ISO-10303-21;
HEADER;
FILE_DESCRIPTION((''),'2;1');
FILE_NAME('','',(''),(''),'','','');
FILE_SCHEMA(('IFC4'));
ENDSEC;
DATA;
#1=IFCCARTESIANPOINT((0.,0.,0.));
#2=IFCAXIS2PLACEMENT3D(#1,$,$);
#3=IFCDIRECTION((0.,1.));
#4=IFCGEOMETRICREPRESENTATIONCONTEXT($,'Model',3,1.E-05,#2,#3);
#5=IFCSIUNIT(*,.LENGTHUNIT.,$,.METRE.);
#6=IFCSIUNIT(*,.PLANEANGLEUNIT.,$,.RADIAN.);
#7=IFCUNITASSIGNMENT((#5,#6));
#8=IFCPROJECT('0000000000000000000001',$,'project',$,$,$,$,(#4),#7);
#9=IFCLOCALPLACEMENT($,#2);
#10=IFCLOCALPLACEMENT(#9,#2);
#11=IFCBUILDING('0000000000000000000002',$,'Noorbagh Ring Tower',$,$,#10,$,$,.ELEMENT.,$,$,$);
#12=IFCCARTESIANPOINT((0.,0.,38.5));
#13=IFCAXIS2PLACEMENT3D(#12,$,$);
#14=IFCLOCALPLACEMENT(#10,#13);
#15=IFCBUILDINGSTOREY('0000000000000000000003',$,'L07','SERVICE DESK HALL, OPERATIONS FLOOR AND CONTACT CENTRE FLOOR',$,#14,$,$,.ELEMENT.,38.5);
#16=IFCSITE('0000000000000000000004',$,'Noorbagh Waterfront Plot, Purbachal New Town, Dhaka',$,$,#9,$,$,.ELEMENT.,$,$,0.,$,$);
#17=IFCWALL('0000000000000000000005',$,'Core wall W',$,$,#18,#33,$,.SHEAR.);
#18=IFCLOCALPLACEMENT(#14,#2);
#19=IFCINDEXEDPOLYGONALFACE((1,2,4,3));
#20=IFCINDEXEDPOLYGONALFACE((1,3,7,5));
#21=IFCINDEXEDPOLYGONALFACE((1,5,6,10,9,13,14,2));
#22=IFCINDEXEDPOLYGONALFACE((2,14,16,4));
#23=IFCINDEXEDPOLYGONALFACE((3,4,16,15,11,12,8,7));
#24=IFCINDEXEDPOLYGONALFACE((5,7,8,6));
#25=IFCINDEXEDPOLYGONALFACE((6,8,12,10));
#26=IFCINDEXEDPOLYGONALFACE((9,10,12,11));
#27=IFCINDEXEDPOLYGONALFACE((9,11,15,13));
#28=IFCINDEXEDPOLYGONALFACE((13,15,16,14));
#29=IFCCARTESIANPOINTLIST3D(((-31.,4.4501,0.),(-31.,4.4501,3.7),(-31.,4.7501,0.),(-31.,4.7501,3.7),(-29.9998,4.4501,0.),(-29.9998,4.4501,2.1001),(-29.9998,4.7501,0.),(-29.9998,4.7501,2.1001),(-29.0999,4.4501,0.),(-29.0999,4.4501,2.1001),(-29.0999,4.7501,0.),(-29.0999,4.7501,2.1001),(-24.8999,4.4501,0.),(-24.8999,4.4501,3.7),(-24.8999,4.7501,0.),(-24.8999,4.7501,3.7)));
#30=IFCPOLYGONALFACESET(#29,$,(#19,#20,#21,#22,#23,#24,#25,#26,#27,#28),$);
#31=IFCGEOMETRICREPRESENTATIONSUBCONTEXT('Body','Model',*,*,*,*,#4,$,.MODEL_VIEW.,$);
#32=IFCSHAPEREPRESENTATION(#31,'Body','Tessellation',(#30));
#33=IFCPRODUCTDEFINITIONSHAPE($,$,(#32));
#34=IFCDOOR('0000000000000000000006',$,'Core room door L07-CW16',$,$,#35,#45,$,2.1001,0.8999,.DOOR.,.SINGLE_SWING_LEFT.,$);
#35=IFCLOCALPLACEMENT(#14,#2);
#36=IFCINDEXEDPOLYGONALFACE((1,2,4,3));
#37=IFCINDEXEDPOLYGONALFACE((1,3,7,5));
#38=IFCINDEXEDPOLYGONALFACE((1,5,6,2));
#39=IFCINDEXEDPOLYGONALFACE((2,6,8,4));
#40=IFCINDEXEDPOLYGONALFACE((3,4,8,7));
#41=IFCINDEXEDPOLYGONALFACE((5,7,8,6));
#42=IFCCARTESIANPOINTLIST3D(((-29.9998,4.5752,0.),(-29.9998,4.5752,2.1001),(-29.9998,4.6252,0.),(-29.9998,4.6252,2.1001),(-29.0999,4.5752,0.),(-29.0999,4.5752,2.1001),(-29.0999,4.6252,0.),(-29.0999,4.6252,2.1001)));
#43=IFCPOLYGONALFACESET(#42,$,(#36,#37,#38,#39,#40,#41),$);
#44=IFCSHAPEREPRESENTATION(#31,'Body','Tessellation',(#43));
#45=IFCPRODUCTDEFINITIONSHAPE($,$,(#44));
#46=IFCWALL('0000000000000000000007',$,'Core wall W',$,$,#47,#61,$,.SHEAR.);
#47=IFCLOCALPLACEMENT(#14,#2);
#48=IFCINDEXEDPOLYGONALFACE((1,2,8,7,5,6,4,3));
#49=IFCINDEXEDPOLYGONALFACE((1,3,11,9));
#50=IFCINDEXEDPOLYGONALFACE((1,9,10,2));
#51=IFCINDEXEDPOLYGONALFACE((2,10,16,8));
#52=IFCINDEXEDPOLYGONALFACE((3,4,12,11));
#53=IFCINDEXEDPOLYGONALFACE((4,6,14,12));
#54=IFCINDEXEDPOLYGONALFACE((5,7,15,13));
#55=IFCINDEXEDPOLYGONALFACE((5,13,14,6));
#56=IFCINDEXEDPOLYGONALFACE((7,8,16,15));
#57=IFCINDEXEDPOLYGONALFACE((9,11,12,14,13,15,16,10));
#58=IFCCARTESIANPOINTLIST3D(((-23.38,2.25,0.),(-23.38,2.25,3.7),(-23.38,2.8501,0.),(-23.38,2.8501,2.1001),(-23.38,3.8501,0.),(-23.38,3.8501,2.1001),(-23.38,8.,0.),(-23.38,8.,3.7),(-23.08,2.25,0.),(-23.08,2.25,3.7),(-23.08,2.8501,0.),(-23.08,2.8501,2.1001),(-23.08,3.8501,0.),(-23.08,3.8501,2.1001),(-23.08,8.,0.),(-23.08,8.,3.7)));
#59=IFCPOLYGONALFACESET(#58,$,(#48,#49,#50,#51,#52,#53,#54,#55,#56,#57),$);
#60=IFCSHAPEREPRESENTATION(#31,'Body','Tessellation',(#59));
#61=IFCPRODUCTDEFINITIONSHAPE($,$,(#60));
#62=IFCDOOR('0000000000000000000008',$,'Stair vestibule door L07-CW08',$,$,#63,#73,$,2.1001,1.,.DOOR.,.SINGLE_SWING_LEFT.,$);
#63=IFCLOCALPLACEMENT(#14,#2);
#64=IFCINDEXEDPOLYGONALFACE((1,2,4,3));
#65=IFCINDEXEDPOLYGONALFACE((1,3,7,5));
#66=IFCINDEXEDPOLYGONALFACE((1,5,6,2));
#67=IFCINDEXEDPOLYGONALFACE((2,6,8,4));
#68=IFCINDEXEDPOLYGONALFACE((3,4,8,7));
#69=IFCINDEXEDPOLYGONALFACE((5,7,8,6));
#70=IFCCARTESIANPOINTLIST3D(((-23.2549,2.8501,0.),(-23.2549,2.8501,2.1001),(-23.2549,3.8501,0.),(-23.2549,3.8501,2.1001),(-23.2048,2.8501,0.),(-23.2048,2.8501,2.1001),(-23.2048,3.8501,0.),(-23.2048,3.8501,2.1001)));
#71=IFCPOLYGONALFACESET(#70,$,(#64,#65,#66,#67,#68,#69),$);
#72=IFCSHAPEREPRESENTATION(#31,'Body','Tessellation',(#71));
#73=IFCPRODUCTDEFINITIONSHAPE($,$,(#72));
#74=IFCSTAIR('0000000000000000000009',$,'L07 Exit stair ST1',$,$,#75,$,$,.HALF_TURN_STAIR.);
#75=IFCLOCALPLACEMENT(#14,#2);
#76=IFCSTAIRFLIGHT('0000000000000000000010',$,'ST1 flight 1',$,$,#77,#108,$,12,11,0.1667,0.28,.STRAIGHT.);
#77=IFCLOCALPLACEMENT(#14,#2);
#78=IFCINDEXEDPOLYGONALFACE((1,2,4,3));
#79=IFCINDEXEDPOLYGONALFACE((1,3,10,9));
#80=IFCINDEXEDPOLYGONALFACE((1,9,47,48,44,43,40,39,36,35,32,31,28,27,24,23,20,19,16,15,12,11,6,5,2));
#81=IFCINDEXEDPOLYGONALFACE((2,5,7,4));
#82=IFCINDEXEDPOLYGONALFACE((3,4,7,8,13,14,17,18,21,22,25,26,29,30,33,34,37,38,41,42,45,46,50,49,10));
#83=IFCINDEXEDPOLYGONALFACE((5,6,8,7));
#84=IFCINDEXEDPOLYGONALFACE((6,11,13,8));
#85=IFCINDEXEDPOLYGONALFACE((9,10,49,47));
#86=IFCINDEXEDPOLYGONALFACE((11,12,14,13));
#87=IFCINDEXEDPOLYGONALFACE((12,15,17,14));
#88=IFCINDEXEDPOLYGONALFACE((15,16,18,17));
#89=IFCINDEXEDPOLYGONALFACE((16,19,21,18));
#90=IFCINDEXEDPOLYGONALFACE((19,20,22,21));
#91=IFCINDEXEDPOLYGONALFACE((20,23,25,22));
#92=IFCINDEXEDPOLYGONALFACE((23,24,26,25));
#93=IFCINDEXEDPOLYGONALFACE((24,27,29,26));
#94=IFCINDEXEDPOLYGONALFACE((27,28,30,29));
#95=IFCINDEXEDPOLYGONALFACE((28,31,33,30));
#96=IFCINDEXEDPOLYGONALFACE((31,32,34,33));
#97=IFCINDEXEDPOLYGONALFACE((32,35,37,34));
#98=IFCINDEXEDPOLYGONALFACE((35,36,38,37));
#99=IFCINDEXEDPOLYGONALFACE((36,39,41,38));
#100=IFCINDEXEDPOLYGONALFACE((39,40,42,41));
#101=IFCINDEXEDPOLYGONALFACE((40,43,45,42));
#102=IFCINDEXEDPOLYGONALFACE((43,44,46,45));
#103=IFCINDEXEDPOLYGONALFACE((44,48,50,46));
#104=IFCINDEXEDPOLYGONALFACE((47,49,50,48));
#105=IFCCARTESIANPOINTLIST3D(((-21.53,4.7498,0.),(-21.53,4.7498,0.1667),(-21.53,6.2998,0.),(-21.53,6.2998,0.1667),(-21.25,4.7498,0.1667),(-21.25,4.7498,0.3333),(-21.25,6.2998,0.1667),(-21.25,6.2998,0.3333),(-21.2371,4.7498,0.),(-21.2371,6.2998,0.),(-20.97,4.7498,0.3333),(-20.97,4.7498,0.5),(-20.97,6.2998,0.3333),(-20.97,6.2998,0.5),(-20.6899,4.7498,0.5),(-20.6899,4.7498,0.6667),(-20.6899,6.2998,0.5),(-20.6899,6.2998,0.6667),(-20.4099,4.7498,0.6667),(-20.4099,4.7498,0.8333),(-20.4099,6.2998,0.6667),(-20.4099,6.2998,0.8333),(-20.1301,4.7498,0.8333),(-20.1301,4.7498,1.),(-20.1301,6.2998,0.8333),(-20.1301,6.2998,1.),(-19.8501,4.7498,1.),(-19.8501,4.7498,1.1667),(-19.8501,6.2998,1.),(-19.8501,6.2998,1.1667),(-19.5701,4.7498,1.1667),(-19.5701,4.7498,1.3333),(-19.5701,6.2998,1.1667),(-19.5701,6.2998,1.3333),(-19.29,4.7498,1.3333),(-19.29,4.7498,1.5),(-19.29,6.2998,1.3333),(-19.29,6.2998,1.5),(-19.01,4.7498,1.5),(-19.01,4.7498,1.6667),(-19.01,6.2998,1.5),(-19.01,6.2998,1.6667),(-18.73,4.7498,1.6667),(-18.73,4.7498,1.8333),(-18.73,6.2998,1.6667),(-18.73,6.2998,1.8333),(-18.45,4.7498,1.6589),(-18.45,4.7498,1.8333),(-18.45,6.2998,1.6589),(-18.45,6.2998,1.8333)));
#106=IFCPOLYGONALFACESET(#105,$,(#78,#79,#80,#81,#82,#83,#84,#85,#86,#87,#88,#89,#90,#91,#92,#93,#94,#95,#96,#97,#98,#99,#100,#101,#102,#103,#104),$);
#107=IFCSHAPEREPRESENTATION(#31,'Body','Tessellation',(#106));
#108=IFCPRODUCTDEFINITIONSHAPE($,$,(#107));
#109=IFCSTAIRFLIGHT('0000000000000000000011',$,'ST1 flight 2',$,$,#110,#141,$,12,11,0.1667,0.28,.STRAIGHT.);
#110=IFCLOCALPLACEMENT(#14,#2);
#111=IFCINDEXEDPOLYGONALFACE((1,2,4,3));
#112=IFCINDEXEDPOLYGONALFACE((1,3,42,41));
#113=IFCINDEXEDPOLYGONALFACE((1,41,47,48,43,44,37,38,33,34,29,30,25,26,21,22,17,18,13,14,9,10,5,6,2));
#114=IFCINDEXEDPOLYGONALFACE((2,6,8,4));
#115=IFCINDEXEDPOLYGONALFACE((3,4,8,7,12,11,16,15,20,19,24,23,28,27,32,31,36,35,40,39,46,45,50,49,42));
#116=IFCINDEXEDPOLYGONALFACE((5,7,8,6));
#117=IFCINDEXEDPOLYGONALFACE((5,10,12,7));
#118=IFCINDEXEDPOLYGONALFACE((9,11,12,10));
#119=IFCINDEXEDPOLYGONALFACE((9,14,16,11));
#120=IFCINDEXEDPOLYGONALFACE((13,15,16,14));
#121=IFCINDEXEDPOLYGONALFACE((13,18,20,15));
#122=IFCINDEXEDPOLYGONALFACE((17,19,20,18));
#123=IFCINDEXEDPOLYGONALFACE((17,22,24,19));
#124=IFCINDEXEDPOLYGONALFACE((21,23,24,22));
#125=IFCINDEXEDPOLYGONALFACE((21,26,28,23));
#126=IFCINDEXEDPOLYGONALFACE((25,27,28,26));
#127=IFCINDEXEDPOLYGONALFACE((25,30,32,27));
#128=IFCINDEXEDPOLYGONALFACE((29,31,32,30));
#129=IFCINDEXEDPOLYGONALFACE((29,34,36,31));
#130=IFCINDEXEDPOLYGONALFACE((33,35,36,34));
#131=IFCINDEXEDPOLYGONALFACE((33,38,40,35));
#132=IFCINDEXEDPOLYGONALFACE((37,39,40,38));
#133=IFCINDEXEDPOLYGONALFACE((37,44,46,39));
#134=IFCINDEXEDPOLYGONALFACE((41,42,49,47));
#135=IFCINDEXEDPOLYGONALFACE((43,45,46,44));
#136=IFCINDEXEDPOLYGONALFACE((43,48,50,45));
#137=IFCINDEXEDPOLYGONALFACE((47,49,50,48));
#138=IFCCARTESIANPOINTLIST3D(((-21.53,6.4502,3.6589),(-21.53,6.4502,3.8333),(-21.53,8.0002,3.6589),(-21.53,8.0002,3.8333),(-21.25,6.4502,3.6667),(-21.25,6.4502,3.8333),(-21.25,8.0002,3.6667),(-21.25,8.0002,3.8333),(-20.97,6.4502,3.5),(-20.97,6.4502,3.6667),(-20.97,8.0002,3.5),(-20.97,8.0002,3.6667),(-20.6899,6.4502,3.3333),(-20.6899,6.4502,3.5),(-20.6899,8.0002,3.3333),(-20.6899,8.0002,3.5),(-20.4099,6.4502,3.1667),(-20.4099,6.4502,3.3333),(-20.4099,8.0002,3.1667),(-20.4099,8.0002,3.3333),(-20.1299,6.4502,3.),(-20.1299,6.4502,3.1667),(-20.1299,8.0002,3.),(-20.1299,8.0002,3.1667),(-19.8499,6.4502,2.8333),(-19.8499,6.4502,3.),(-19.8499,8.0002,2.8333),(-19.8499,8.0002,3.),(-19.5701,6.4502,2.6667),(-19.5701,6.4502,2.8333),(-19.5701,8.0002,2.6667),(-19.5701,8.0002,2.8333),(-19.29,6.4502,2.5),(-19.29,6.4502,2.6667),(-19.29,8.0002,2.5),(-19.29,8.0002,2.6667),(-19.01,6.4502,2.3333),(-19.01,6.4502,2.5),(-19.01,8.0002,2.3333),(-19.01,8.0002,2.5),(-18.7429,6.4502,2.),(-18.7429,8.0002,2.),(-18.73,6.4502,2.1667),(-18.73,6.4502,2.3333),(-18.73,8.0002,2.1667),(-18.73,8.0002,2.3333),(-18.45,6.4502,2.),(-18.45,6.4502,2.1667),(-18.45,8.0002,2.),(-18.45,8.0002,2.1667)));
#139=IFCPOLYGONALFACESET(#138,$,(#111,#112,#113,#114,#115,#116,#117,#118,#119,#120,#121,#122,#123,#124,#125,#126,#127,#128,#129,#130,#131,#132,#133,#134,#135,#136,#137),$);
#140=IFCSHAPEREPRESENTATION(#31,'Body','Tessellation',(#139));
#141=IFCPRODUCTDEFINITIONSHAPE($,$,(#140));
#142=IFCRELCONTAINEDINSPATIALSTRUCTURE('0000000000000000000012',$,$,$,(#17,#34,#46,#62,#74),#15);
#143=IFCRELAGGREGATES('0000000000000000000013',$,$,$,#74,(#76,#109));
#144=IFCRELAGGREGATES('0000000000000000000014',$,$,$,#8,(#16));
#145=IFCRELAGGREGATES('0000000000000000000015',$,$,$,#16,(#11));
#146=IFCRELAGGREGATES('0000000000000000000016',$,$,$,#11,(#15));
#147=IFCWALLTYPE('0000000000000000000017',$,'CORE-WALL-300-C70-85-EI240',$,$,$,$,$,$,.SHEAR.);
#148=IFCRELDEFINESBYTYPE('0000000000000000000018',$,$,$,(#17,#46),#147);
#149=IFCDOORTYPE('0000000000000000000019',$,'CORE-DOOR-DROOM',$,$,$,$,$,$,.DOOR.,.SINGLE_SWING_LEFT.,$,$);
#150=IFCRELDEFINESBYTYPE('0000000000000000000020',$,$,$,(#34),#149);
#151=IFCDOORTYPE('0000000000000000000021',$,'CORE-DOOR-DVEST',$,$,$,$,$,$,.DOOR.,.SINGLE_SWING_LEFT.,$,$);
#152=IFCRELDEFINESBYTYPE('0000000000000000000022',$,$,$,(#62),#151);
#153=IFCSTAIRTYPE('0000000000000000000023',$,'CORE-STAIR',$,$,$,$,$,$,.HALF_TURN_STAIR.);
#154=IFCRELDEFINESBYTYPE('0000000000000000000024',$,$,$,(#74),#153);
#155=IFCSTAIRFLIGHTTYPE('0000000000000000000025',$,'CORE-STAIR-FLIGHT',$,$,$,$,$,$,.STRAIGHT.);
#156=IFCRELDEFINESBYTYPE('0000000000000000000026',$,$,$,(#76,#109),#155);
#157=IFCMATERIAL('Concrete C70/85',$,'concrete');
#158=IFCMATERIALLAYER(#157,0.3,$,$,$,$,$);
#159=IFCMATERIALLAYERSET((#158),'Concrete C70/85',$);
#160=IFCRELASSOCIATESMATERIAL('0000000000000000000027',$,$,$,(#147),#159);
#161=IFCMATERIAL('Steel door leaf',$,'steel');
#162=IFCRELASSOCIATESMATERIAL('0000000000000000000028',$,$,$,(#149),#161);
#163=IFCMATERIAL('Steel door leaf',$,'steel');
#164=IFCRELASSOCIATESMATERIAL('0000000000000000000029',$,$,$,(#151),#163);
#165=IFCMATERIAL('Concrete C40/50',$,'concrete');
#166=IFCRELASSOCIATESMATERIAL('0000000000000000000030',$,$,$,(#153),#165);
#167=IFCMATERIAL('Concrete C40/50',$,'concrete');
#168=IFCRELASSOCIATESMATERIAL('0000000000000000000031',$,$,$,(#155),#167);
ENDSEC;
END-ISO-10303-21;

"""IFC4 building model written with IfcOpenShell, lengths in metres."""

from ifc_helpers import new_model, si_unit, direction, frame, frame_2d, origin, place, context, subcontext, project, spatial, polyline, rectangle, outline, extrude, material, layer, layer_set, type_object, element, fill, aggregate, save


model = new_model("IFC4")

# Units and contexts
model_context = context("Model", 3, precision=1e-05, world=origin(), true_north=direction((0.0, 1.0)))
body_context = subcontext(model_context, "Body", "Model", "MODEL_VIEW")
ifc_project = project(units=[si_unit("LENGTHUNIT", "METRE"), si_unit("PLANEANGLEUNIT", "RADIAN")], contexts=[model_context])

# Site, building, storey
site_placement = place(None, origin())
site = spatial("IfcSite", under=ifc_project, at=site_placement, Name="Noorbagh Waterfront Plot, Purbachal New Town, Dhaka", CompositionType="ELEMENT", RefElevation=0.0)
building_placement = place(site_placement, origin())
building = spatial("IfcBuilding", under=site, at=building_placement, Name="Noorbagh Ring Tower", CompositionType="ELEMENT")
storey_placement = place(building_placement, frame((0.0, 0.0, 38.5)))
storey = spatial("IfcBuildingStorey", under=building, at=storey_placement, Name="L07", Description="SERVICE DESK HALL, OPERATIONS FLOOR AND CONTACT CENTRE FLOOR", CompositionType="ELEMENT", Elevation=38.5)

# Walls, openings, doors
ifc_material_1 = material(Name="Concrete C70/85", Category="concrete")
ifc_layer_1 = layer(ifc_material_1, 0.3)
ifc_layer_set_1 = layer_set([ifc_layer_1], Name="Concrete C70/85")
wall_type_1 = type_object("IfcWallType", Name="CORE-WALL-300-C70-85-EI240", PredefinedType="SHEAR", material=ifc_layer_set_1)
wall_1_placement = place(storey_placement, frame((-24.8999, 4.6001, 0.0), z_axis=(0.0, 0.0, 1.0), x_axis=(-1.0, 0.0, 0.0)))
wall_1 = element("IfcWall", 1, at=wall_1_placement, inside=storey, type_object=wall_type_1, Name="Core wall W", PredefinedType="SHEAR", context=body_context, shape_type="SweptSolid", body=[
    extrude(rectangle(XDim=6.1001, YDim=0.3, at=frame_2d((3.05, 0.0))), origin(), (0.0, 0.0, 1.0), 3.7),
])
opening_1_placement = place(wall_1_placement, frame((4.2, 0.0, 0.0)))
opening_1 = element("IfcOpeningElement", 2, at=opening_1_placement, cuts=wall_1, PredefinedType="OPENING", context=body_context, shape_type="SweptSolid", body=[
    extrude(rectangle(XDim=0.8999, YDim=2.1001, at=frame_2d((0.45, 1.05))), frame((0.0, 0.1602, 0.0), z_axis=(0.0, -1.0, 0.0), x_axis=(1.0, 0.0, 0.0)), (0.0, 0.0, 1.0), 0.3201),
])
ifc_material_2 = material(Name="Steel door leaf", Category="steel")
door_type_1 = type_object("IfcDoorType", Name="CORE-DOOR-DROOM", OperationType="SINGLE_SWING_LEFT", PredefinedType="DOOR", material=ifc_material_2)
door_1_placement = place(opening_1_placement, origin())
door_1 = element("IfcDoor", 3, at=door_1_placement, inside=storey, type_object=door_type_1, Name="Core room door L07-CW16", OperationType="SINGLE_SWING_LEFT", OverallHeight=2.1001, OverallWidth=0.8999, PredefinedType="DOOR", context=body_context, shape_type="SweptSolid", body=[
    extrude(rectangle(XDim=0.8999, YDim=2.1001, at=frame_2d((0.45, 1.05))), frame((0.0, 0.0249, 0.0), z_axis=(0.0, -1.0, 0.0), x_axis=(1.0, 0.0, 0.0)), (0.0, 0.0, 1.0), 0.05),
])
fill(opening_1, door_1)
wall_2_placement = place(storey_placement, frame((-23.23, 2.25, 0.0), z_axis=(0.0, 0.0, 1.0), x_axis=(0.0, 1.0, 0.0)))
wall_2 = element("IfcWall", 4, at=wall_2_placement, inside=storey, type_object=wall_type_1, Name="Core wall W", PredefinedType="SHEAR", context=body_context, shape_type="SweptSolid", body=[
    extrude(rectangle(XDim=5.75, YDim=0.3, at=frame_2d((2.875, 0.0))), origin(), (0.0, 0.0, 1.0), 3.7),
])
opening_2_placement = place(wall_2_placement, frame((0.6001, 0.0, 0.0)))
opening_2 = element("IfcOpeningElement", 5, at=opening_2_placement, cuts=wall_2, PredefinedType="OPENING", context=body_context, shape_type="SweptSolid", body=[
    extrude(rectangle(XDim=1.0, YDim=2.1001, at=frame_2d((0.5, 1.05))), frame((0.0, 0.1602, 0.0), z_axis=(0.0, -1.0, 0.0), x_axis=(1.0, 0.0, 0.0)), (0.0, 0.0, 1.0), 0.3201),
])
ifc_material_3 = material(Name="Steel door leaf", Category="steel")
door_type_2 = type_object("IfcDoorType", Name="CORE-DOOR-DVEST", OperationType="SINGLE_SWING_LEFT", PredefinedType="DOOR", material=ifc_material_3)
door_2_placement = place(opening_2_placement, origin())
door_2 = element("IfcDoor", 6, at=door_2_placement, inside=storey, type_object=door_type_2, Name="Stair vestibule door L07-CW08", OperationType="SINGLE_SWING_LEFT", OverallHeight=2.1001, OverallWidth=1.0, PredefinedType="DOOR", context=body_context, shape_type="SweptSolid", body=[
    extrude(rectangle(XDim=1.0, YDim=2.1001, at=frame_2d((0.5, 1.05))), frame((0.0, 0.0249, 0.0), z_axis=(0.0, -1.0, 0.0), x_axis=(1.0, 0.0, 0.0)), (0.0, 0.0, 1.0), 0.05),
])
fill(opening_2, door_2)

# Stair, stair flights
ifc_material_4 = material(Name="Concrete C40/50", Category="concrete")
stair_type = type_object("IfcStairType", Name="CORE-STAIR", PredefinedType="HALF_TURN_STAIR", material=ifc_material_4)
stair_placement = place(storey_placement, origin())
stair = element("IfcStair", 7, at=stair_placement, inside=storey, type_object=stair_type, Name="L07 Exit stair ST1", PredefinedType="HALF_TURN_STAIR")
ifc_material_5 = material(Name="Concrete C40/50", Category="concrete")
stair_flight_type = type_object("IfcStairFlightType", Name="CORE-STAIR-FLIGHT", PredefinedType="STRAIGHT", material=ifc_material_5)
stair_flight_1_placement = place(storey_placement, frame((-21.53, 5.5249, 0.0), z_axis=(0.0, 0.0, 1.0), x_axis=(1.0, 0.0, 0.0)))
stair_flight_1 = element("IfcStairFlight", 8, at=stair_flight_1_placement, type_object=stair_flight_type, Name="ST1 flight 1", NumberOfRisers=12, NumberOfTreads=11, PredefinedType="STRAIGHT", RiserHeight=0.1667, TreadLength=0.28, context=body_context, shape_type="SweptSolid", body=[
    extrude(outline(polyline([(0.0, 0.0), (0.0, 0.1667), (0.28, 0.1667), (0.28, 0.3333), (0.5601, 0.3333), (0.5601, 0.5), (0.8401, 0.5), (0.8401, 0.6667), (1.1201, 0.6667), (1.1201, 0.8333), (1.3999, 0.8333), (1.3999, 1.0), (1.6799, 1.0), (1.6799, 1.1667), (1.96, 1.1667), (1.96, 1.3333), (2.24, 1.3333), (2.24, 1.5), (2.52, 1.5), (2.52, 1.6667), (2.8, 1.6667), (2.8, 1.8333), (3.0801, 1.8333), (3.0801, 2.0), (3.0801, 1.6589), (0.293, 0.0), (0.0, 0.0)])), frame((0.0, 0.7749, 0.0), z_axis=(0.0, -1.0, 0.0), x_axis=(1.0, 0.0, 0.0)), (0.0, 0.0, 1.0), 1.55),
])
stair_flight_2_placement = place(storey_placement, frame((-18.45, 7.2251, 2.0), z_axis=(0.0, 0.0, 1.0), x_axis=(-1.0, 0.0, 0.0)))
stair_flight_2 = element("IfcStairFlight", 9, at=stair_flight_2_placement, type_object=stair_flight_type, Name="ST1 flight 2", NumberOfRisers=12, NumberOfTreads=11, PredefinedType="STRAIGHT", RiserHeight=0.1667, TreadLength=0.28, context=body_context, shape_type="SweptSolid", body=[
    extrude(outline(polyline([(0.0, 0.0), (0.0, 0.1667), (0.28, 0.1667), (0.28, 0.3333), (0.5601, 0.3333), (0.5601, 0.5), (0.8401, 0.5), (0.8401, 0.6667), (1.1201, 0.6667), (1.1201, 0.8333), (1.3999, 0.8333), (1.3999, 1.0), (1.6799, 1.0), (1.6799, 1.1667), (1.96, 1.1667), (1.96, 1.3333), (2.24, 1.3333), (2.24, 1.5), (2.52, 1.5), (2.52, 1.6667), (2.8, 1.6667), (2.8, 1.8333), (3.0801, 1.8333), (3.0801, 2.0), (3.0801, 1.6589), (0.293, 0.0), (0.0, 0.0)])), frame((0.0, 0.7749, 0.0), z_axis=(0.0, -1.0, 0.0), x_axis=(1.0, 0.0, 0.0)), (0.0, 0.0, 1.0), 1.55),
])
aggregate(stair, [stair_flight_1, stair_flight_2])

save(model, "model.ifc")
